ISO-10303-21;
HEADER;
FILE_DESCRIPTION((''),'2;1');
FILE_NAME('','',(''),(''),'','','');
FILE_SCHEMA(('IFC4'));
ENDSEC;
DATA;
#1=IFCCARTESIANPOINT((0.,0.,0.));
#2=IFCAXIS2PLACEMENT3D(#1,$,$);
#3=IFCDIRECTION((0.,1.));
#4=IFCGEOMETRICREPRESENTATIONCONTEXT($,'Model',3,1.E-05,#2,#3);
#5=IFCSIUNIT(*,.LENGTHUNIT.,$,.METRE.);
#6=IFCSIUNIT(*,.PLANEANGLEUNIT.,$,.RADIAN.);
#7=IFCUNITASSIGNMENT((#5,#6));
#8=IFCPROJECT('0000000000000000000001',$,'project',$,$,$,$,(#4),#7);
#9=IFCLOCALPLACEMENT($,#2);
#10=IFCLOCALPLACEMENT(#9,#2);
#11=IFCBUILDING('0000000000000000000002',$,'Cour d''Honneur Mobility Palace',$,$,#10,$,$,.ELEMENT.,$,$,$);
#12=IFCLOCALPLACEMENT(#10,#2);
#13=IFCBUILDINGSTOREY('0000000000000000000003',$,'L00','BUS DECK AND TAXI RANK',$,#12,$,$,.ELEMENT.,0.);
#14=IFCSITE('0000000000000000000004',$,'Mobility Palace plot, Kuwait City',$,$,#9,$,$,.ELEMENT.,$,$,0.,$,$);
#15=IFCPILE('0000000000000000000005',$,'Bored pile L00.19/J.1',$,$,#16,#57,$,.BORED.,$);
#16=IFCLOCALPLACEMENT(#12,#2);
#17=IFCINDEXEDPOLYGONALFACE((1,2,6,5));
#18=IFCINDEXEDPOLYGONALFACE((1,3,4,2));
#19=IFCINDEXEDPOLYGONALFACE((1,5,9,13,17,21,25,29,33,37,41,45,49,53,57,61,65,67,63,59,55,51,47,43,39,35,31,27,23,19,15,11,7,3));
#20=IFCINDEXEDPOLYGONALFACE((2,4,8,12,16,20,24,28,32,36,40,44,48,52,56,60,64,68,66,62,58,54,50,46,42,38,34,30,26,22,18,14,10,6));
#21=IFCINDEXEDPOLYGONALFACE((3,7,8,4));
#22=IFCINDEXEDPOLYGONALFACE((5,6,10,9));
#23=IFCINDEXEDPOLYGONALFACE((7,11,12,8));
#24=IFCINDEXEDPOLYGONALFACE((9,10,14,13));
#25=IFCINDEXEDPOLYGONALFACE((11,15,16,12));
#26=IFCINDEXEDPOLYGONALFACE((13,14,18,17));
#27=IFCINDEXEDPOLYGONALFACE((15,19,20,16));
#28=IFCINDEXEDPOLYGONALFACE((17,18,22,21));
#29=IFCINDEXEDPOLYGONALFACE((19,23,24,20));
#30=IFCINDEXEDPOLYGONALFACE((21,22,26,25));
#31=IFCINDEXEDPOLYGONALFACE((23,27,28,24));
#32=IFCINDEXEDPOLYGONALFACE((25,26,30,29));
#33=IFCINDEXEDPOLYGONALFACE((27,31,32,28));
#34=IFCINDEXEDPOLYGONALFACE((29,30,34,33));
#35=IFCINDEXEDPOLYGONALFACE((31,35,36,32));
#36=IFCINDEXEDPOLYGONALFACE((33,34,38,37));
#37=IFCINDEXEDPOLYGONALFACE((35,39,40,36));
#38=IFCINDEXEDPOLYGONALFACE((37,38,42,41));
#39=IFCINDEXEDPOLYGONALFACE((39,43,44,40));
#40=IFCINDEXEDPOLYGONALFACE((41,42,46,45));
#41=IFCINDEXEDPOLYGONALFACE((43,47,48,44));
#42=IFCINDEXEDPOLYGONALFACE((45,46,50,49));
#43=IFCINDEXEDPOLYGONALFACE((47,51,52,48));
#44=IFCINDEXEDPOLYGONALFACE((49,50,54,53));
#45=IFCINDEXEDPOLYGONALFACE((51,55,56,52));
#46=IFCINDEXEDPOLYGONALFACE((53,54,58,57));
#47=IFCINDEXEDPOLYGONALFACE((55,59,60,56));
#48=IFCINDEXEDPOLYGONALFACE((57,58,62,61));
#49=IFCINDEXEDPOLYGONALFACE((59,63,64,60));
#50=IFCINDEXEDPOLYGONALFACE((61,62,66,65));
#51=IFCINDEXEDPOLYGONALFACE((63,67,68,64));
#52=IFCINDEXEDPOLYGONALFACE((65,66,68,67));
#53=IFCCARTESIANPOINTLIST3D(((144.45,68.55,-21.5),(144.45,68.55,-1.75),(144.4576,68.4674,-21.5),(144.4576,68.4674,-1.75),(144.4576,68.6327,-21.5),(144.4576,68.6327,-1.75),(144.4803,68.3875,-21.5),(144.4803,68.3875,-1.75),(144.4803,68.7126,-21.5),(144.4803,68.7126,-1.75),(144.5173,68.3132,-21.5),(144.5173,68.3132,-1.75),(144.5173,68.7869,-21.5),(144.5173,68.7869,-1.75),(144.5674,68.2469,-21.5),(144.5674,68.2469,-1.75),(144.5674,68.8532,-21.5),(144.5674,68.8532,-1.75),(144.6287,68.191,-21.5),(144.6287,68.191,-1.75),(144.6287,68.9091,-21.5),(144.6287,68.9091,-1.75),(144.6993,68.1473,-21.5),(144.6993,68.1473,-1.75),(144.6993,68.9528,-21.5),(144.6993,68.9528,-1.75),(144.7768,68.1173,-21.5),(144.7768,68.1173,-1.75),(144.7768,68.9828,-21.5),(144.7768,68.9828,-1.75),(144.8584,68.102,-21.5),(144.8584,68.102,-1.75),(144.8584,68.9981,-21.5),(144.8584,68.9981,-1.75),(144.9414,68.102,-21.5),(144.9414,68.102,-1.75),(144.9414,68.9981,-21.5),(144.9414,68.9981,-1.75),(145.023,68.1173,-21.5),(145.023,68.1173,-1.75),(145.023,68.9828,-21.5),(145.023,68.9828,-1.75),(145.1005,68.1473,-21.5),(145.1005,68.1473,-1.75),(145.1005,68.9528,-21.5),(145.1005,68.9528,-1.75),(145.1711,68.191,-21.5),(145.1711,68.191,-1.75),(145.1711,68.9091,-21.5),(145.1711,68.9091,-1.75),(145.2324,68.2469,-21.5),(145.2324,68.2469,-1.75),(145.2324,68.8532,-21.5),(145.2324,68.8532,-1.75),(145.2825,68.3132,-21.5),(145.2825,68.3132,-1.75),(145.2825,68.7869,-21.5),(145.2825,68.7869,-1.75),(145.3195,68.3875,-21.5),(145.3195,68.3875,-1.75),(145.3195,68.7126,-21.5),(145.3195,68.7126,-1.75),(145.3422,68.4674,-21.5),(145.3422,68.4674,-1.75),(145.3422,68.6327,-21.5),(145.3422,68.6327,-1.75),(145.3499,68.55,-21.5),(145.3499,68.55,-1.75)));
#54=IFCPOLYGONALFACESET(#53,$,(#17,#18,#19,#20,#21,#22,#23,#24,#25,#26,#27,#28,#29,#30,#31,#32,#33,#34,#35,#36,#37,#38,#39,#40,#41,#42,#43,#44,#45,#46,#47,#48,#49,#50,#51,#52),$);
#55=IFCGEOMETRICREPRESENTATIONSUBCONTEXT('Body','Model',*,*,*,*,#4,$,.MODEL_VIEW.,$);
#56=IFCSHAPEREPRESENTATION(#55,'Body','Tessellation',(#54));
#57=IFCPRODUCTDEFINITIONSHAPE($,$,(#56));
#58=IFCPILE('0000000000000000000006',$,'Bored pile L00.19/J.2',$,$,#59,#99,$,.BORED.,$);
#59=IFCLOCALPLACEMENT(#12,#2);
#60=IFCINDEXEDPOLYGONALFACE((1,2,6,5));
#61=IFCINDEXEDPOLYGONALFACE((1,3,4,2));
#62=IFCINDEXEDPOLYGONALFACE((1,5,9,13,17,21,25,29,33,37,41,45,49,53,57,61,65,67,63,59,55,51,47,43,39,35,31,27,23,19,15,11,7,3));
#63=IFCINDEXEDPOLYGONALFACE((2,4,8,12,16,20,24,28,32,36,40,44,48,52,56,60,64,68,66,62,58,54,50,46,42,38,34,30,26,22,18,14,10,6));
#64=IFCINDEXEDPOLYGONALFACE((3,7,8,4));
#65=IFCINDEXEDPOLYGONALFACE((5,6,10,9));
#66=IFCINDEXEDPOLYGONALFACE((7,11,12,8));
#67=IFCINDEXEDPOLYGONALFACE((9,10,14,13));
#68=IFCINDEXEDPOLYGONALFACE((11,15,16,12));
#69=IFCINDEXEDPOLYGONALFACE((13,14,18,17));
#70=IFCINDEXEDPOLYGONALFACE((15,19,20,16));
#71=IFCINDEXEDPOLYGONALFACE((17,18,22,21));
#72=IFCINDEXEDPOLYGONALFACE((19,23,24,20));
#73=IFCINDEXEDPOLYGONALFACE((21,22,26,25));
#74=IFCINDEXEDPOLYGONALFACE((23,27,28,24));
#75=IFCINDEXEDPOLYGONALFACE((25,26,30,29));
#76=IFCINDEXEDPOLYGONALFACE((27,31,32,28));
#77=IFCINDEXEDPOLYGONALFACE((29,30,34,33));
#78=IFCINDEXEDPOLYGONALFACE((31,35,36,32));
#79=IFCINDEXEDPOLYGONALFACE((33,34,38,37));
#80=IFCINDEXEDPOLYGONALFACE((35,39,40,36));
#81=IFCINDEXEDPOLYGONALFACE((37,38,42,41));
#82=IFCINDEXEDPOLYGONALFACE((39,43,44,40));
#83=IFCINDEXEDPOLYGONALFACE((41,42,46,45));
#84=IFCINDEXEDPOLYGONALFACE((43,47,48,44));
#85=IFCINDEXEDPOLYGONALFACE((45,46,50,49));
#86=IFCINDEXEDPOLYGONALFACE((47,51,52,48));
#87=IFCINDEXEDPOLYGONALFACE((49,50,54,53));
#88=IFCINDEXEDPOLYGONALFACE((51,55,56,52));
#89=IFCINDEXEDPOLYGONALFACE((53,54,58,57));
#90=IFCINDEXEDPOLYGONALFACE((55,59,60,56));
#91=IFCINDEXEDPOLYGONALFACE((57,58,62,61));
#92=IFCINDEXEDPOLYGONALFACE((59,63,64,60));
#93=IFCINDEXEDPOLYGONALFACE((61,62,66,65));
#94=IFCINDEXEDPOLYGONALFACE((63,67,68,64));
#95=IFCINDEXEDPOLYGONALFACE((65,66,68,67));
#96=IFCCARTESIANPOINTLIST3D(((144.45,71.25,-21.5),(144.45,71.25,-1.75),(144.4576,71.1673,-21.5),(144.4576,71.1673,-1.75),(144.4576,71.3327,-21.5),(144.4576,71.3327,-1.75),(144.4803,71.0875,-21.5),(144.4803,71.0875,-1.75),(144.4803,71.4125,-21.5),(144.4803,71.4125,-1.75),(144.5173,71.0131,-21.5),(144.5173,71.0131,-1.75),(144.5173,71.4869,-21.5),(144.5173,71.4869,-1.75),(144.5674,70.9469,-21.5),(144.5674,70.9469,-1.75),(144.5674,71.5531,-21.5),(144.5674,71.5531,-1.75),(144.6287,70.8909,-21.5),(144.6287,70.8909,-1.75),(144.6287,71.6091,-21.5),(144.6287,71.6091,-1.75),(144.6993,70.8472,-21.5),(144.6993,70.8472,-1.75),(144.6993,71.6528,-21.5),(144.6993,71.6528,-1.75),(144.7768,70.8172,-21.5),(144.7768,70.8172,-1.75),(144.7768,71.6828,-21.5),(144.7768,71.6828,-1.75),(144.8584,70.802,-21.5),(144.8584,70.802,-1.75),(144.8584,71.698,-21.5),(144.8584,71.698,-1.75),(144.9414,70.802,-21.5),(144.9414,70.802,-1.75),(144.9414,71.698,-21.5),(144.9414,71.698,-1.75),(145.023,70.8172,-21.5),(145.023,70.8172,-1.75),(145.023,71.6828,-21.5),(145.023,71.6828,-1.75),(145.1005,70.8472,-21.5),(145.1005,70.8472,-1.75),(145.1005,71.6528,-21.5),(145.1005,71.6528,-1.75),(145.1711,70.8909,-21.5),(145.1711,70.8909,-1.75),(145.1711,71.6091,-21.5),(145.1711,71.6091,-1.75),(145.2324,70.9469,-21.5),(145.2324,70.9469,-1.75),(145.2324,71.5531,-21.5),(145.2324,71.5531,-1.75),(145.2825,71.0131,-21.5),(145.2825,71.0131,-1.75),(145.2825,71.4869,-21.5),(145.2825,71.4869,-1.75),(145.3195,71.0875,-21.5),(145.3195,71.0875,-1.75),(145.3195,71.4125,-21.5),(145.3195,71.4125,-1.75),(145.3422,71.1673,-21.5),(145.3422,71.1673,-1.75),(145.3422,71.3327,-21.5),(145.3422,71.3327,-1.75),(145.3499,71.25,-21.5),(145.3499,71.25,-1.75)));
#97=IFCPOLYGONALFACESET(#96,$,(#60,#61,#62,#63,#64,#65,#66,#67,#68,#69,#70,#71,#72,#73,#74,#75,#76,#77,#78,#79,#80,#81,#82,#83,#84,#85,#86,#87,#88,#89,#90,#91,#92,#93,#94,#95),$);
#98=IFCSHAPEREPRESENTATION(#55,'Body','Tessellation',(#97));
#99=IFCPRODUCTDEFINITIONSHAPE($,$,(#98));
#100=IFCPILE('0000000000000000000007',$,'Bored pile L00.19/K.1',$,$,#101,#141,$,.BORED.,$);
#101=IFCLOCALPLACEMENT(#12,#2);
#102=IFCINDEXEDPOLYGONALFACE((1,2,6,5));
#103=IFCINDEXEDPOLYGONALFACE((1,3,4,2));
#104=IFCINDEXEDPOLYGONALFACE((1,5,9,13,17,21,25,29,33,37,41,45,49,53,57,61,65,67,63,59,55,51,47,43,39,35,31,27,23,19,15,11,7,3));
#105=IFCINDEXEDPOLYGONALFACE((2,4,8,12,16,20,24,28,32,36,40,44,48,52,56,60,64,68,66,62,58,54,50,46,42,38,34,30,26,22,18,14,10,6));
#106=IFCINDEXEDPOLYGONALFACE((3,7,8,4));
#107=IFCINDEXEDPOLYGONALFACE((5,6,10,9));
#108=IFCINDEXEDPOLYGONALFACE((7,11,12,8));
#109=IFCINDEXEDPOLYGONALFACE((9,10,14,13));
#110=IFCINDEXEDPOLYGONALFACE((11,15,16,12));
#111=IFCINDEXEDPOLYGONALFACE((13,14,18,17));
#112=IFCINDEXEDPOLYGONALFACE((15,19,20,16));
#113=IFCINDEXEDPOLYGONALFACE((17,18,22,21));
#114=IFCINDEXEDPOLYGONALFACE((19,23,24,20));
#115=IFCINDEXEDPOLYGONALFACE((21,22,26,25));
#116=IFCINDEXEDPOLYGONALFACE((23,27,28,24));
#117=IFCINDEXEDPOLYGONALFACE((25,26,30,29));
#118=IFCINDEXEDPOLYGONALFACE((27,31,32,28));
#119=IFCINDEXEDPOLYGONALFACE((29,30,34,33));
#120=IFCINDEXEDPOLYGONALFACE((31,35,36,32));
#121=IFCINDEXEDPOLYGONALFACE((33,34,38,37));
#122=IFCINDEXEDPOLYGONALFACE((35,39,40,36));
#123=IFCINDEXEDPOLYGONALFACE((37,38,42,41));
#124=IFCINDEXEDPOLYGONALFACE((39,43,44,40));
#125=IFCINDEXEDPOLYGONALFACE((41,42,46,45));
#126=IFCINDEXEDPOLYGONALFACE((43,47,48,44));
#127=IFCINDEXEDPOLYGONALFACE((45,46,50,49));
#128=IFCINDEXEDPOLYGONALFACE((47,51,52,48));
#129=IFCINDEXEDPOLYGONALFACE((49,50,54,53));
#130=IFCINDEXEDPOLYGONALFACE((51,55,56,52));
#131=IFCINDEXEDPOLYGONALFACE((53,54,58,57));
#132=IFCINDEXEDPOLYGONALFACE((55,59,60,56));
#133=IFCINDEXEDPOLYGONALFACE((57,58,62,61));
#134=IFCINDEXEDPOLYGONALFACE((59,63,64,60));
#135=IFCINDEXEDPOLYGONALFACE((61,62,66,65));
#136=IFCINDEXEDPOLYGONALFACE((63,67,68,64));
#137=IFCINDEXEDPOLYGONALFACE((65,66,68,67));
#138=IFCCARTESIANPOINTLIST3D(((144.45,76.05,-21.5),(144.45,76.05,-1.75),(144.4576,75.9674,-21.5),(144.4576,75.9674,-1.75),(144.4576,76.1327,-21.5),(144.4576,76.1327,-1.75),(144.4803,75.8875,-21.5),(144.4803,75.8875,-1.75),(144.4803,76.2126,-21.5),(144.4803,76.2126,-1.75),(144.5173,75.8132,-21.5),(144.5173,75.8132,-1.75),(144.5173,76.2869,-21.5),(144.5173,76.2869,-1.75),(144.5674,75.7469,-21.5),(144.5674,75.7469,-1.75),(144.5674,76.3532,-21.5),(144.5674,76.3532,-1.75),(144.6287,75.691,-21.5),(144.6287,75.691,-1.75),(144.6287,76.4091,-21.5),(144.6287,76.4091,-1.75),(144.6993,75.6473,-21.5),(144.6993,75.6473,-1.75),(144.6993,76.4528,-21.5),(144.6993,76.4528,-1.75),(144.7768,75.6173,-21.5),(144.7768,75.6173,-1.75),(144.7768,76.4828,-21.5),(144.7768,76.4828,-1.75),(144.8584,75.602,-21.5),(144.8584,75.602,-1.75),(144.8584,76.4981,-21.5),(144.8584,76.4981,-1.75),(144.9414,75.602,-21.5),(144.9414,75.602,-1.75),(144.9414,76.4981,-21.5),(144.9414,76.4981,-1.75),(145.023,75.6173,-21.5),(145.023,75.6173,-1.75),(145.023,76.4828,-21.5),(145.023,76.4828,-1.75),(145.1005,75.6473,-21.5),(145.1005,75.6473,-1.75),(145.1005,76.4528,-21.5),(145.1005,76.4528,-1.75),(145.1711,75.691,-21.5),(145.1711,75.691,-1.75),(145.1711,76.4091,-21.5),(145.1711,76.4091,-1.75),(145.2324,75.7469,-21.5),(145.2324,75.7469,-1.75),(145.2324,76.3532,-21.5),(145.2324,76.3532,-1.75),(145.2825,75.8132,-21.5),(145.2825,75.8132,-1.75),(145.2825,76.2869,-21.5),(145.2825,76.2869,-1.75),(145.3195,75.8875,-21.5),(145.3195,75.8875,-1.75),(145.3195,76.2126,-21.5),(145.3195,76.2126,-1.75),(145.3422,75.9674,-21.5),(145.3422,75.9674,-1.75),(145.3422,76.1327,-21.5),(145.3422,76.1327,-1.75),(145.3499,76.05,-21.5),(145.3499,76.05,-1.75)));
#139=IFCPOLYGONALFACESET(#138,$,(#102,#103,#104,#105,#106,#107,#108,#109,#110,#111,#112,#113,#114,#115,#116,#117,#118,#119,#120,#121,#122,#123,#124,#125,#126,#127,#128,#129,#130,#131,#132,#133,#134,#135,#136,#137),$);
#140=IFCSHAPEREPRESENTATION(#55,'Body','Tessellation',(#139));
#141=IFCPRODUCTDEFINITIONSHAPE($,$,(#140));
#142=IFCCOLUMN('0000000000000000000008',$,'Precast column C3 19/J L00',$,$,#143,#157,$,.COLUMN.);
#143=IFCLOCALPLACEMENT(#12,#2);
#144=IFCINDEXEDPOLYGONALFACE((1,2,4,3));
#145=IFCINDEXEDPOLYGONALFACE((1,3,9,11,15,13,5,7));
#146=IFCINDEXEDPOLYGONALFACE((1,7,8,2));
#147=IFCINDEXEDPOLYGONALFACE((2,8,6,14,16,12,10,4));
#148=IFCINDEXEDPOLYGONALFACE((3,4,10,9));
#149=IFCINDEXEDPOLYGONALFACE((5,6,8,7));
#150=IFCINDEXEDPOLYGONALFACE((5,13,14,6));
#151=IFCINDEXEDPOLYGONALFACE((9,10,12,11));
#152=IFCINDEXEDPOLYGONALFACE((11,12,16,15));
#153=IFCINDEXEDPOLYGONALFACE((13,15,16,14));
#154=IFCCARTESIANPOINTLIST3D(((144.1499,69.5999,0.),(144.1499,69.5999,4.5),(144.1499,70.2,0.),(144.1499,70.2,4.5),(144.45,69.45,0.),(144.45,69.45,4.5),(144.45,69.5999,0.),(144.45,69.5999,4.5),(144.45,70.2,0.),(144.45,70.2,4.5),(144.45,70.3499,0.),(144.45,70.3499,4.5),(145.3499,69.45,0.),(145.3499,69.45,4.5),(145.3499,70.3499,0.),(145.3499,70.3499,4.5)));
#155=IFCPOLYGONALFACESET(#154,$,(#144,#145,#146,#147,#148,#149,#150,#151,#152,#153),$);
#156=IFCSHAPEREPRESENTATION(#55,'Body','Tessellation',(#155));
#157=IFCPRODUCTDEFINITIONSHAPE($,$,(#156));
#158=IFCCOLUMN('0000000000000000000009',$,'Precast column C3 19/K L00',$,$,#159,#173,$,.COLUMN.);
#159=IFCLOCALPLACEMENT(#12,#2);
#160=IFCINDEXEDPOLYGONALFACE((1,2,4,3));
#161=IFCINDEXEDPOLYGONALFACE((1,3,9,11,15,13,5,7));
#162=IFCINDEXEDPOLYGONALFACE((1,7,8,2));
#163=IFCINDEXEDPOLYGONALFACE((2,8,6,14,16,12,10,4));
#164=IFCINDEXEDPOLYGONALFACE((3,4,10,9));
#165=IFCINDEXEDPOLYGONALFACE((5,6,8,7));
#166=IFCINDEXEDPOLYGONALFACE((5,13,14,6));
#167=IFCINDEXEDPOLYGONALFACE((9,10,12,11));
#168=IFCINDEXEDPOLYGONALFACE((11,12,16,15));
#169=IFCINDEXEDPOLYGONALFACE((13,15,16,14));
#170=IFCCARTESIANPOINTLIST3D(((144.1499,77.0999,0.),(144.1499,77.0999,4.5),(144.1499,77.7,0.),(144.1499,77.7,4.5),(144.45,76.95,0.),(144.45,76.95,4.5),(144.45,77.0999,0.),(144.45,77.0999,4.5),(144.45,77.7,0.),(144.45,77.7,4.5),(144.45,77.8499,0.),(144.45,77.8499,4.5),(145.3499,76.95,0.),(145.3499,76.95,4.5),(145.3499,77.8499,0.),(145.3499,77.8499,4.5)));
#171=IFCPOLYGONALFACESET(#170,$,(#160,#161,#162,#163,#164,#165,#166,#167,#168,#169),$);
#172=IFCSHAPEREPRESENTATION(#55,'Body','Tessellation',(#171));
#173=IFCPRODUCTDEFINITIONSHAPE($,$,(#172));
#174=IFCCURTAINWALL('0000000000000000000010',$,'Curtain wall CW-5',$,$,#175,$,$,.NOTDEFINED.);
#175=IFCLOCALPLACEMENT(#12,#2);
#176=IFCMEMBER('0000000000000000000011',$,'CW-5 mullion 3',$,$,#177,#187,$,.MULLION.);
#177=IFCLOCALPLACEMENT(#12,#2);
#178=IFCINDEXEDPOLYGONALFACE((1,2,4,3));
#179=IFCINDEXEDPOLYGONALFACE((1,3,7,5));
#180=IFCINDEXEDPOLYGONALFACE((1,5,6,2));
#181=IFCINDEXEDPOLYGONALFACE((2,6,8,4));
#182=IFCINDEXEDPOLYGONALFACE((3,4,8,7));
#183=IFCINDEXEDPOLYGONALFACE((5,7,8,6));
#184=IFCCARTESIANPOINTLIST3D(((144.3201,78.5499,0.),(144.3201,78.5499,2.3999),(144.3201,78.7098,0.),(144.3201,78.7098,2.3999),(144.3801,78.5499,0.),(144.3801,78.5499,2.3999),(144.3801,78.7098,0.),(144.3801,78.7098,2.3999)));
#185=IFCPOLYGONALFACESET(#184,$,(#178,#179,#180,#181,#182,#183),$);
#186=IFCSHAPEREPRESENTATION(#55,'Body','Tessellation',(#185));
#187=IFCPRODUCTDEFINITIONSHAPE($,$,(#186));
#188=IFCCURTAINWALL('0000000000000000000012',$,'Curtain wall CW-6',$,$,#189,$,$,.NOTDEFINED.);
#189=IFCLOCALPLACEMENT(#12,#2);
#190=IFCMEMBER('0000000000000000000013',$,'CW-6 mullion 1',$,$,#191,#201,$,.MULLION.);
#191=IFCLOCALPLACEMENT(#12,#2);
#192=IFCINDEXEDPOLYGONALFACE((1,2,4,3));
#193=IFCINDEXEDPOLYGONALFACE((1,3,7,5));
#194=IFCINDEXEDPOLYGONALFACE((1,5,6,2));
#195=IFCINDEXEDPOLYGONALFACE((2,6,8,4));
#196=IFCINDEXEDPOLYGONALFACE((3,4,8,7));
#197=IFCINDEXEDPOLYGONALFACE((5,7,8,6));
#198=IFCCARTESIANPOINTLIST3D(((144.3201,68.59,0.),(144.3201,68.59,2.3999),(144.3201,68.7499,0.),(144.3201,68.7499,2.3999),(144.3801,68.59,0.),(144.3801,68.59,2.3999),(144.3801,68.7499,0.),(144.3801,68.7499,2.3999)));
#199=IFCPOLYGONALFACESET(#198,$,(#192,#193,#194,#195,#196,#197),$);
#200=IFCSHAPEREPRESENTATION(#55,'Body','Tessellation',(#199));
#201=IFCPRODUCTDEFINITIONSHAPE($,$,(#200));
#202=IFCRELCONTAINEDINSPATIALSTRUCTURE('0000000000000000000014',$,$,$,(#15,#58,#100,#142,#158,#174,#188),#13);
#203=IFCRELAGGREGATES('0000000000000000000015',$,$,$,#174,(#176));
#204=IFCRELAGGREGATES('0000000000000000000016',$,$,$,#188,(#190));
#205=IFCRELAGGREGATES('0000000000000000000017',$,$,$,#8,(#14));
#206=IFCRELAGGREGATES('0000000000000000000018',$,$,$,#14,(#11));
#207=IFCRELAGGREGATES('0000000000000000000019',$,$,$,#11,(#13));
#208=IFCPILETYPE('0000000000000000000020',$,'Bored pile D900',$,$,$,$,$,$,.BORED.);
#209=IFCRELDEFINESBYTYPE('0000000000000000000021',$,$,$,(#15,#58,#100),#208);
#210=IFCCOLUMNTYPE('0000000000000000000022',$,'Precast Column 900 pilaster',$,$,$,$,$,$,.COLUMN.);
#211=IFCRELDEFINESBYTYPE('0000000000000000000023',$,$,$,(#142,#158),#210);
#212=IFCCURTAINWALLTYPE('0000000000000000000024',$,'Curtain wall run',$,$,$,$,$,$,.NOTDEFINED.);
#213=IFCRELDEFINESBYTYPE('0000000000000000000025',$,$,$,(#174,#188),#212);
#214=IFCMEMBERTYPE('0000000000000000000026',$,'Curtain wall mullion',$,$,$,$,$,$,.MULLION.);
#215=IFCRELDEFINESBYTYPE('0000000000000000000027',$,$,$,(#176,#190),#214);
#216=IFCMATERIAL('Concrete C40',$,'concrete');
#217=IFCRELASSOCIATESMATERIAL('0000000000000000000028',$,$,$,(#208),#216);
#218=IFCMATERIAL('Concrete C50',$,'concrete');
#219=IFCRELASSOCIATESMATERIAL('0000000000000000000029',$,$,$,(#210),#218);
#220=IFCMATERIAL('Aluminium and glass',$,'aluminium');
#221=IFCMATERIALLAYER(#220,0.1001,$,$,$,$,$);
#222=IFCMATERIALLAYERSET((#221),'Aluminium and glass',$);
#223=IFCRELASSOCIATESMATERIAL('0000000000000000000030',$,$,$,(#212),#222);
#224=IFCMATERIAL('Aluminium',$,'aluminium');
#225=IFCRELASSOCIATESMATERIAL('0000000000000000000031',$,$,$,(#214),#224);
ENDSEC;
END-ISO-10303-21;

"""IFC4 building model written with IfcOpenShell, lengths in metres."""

from ifc_helpers import new_model, si_unit, direction, frame, origin, origin_2d, place, context, subcontext, project, spatial, polyline, rectangle, circle, outline, extrude, material, layer, layer_set, material_profile, profile_set, type_object, element, aggregate, save


model = new_model("IFC4")

# Units and contexts
model_context = context("Model", 3, precision=1e-05, world=origin(), true_north=direction((0.0, 1.0)))
body_context = subcontext(model_context, "Body", "Model", "MODEL_VIEW")
ifc_project = project(units=[si_unit("LENGTHUNIT", "METRE"), si_unit("PLANEANGLEUNIT", "RADIAN")], contexts=[model_context])

# Site, building, storey
site_placement = place(None, origin())
site = spatial("IfcSite", under=ifc_project, at=site_placement, Name="Mobility Palace plot, Kuwait City", CompositionType="ELEMENT", RefElevation=0.0)
building_placement = place(site_placement, origin())
building = spatial("IfcBuilding", under=site, at=building_placement, Name="Cour d'Honneur Mobility Palace", CompositionType="ELEMENT")
storey_placement = place(building_placement, origin())
storey = spatial("IfcBuildingStorey", under=building, at=storey_placement, Name="L00", Description="BUS DECK AND TAXI RANK", CompositionType="ELEMENT", Elevation=0.0)

# Piles
ifc_material_1 = material(Name="Concrete C40", Category="concrete")
ifc_material_profile_1 = material_profile(ifc_material_1, circle(Radius=0.45, at=origin_2d()), Name="Bored pile D900")
ifc_profile_set_1 = profile_set([ifc_material_profile_1], Name="Concrete C40")
pile_type = type_object("IfcPileType", Name="Bored pile D900", PredefinedType="BORED", material=ifc_profile_set_1)
for number, where, z_axis, x_axis, name in (
    (1, (144.8999, 68.55, -1.75), (0.0, 0.0, -1.0), (1.0, 0.0, 0.0), "Bored pile L00.19/J.1"),
    (2, (144.8999, 71.25, -1.75), (0.0, 0.0, -1.0), (1.0, 0.0, 0.0), "Bored pile L00.19/J.2"),
    (3, (144.8999, 76.05, -1.75), (0.0, 0.0, -1.0), (1.0, 0.0, 0.0), "Bored pile L00.19/K.1"),
):
    element("IfcPile", number, at=place(storey_placement, frame(where, z_axis=z_axis, x_axis=x_axis)), inside=storey, type_object=pile_type, Name=name, PredefinedType="BORED", context=body_context, shape_type="SweptSolid", body=[
        extrude(circle(Radius=0.45, at=origin_2d()), origin(), (0.0, 0.0, 1.0), 19.75),
    ])

# Columns
ifc_material_2 = material(Name="Concrete C50", Category="concrete")
ifc_material_profile_2 = material_profile(ifc_material_2, outline(polyline([(-0.45, -0.45), (0.45, -0.45), (0.45, -0.3), (0.75, -0.3), (0.75, 0.3), (0.45, 0.3), (0.45, 0.45), (-0.45, 0.45), (-0.45, -0.45)])), Name="PC C900 pilaster")
ifc_profile_set_2 = profile_set([ifc_material_profile_2], Name="Concrete C50")
column_type = type_object("IfcColumnType", Name="Precast Column 900 pilaster", PredefinedType="COLUMN", material=ifc_profile_set_2)
for number, where, z_axis, x_axis, name in (
    (4, (144.8999, 69.8999, 0.0), (0.0, 0.0, 1.0), (-1.0, 0.0, 0.0), "Precast column C3 19/J L00"),
    (5, (144.8999, 77.3999, 0.0), (0.0, 0.0, 1.0), (-1.0, 0.0, 0.0), "Precast column C3 19/K L00"),
):
    element("IfcColumn", number, at=place(storey_placement, frame(where, z_axis=z_axis, x_axis=x_axis)), inside=storey, type_object=column_type, Name=name, PredefinedType="COLUMN", context=body_context, shape_type="SweptSolid", body=[
        extrude(outline(polyline([(-0.45, -0.45), (0.45, -0.45), (0.45, -0.3), (0.75, -0.3), (0.75, 0.3), (0.45, 0.3), (0.45, 0.45), (-0.45, 0.45), (-0.45, -0.45)])), origin(), (0.0, 0.0, 1.0), 4.5),
    ])

# Curtain wall, member
ifc_material_3 = material(Name="Aluminium and glass", Category="aluminium")
ifc_layer_1 = layer(ifc_material_3, 0.1001)
ifc_layer_set_1 = layer_set([ifc_layer_1], Name="Aluminium and glass")
curtain_wall_type = type_object("IfcCurtainWallType", Name="Curtain wall run", PredefinedType="NOTDEFINED", material=ifc_layer_set_1)
curtain_wall_1_placement = place(storey_placement, origin())
curtain_wall_1 = element("IfcCurtainWall", 6, at=curtain_wall_1_placement, inside=storey, type_object=curtain_wall_type, Name="Curtain wall CW-5", PredefinedType="NOTDEFINED")
ifc_material_4 = material(Name="Aluminium", Category="aluminium")
ifc_material_profile_3 = material_profile(ifc_material_4, rectangle(XDim=0.0601, YDim=0.1599, at=origin_2d()), Name="Curtain wall mullion")
ifc_profile_set_3 = profile_set([ifc_material_profile_3], Name="Aluminium")
member_type_1 = type_object("IfcMemberType", Name="Curtain wall mullion", PredefinedType="MULLION", material=ifc_profile_set_3)
member_1_placement = place(storey_placement, frame((144.3501, 78.6299, 0.0), z_axis=(0.0, 0.0, 1.0), x_axis=(1.0, 0.0, 0.0)))
member_1 = element("IfcMember", 7, at=member_1_placement, type_object=member_type_1, Name="CW-5 mullion 3", PredefinedType="MULLION", context=body_context, shape_type="SweptSolid", body=[
    extrude(rectangle(XDim=0.0601, YDim=0.1599, at=origin_2d()), origin(), (0.0, 0.0, 1.0), 2.3999),
])

# Curtain wall, member
curtain_wall_2_placement = place(storey_placement, origin())
curtain_wall_2 = element("IfcCurtainWall", 8, at=curtain_wall_2_placement, inside=storey, type_object=curtain_wall_type, Name="Curtain wall CW-6", PredefinedType="NOTDEFINED")
member_2_placement = place(storey_placement, frame((144.3501, 68.6699, 0.0), z_axis=(0.0, 0.0, 1.0), x_axis=(1.0, 0.0, 0.0)))
member_2 = element("IfcMember", 9, at=member_2_placement, type_object=member_type_1, Name="CW-6 mullion 1", PredefinedType="MULLION", context=body_context, shape_type="SweptSolid", body=[
    extrude(rectangle(XDim=0.0601, YDim=0.1599, at=origin_2d()), origin(), (0.0, 0.0, 1.0), 2.3999),
])

aggregate(curtain_wall_1, [member_1])
aggregate(curtain_wall_2, [member_2])

save(model, "model.ifc")
